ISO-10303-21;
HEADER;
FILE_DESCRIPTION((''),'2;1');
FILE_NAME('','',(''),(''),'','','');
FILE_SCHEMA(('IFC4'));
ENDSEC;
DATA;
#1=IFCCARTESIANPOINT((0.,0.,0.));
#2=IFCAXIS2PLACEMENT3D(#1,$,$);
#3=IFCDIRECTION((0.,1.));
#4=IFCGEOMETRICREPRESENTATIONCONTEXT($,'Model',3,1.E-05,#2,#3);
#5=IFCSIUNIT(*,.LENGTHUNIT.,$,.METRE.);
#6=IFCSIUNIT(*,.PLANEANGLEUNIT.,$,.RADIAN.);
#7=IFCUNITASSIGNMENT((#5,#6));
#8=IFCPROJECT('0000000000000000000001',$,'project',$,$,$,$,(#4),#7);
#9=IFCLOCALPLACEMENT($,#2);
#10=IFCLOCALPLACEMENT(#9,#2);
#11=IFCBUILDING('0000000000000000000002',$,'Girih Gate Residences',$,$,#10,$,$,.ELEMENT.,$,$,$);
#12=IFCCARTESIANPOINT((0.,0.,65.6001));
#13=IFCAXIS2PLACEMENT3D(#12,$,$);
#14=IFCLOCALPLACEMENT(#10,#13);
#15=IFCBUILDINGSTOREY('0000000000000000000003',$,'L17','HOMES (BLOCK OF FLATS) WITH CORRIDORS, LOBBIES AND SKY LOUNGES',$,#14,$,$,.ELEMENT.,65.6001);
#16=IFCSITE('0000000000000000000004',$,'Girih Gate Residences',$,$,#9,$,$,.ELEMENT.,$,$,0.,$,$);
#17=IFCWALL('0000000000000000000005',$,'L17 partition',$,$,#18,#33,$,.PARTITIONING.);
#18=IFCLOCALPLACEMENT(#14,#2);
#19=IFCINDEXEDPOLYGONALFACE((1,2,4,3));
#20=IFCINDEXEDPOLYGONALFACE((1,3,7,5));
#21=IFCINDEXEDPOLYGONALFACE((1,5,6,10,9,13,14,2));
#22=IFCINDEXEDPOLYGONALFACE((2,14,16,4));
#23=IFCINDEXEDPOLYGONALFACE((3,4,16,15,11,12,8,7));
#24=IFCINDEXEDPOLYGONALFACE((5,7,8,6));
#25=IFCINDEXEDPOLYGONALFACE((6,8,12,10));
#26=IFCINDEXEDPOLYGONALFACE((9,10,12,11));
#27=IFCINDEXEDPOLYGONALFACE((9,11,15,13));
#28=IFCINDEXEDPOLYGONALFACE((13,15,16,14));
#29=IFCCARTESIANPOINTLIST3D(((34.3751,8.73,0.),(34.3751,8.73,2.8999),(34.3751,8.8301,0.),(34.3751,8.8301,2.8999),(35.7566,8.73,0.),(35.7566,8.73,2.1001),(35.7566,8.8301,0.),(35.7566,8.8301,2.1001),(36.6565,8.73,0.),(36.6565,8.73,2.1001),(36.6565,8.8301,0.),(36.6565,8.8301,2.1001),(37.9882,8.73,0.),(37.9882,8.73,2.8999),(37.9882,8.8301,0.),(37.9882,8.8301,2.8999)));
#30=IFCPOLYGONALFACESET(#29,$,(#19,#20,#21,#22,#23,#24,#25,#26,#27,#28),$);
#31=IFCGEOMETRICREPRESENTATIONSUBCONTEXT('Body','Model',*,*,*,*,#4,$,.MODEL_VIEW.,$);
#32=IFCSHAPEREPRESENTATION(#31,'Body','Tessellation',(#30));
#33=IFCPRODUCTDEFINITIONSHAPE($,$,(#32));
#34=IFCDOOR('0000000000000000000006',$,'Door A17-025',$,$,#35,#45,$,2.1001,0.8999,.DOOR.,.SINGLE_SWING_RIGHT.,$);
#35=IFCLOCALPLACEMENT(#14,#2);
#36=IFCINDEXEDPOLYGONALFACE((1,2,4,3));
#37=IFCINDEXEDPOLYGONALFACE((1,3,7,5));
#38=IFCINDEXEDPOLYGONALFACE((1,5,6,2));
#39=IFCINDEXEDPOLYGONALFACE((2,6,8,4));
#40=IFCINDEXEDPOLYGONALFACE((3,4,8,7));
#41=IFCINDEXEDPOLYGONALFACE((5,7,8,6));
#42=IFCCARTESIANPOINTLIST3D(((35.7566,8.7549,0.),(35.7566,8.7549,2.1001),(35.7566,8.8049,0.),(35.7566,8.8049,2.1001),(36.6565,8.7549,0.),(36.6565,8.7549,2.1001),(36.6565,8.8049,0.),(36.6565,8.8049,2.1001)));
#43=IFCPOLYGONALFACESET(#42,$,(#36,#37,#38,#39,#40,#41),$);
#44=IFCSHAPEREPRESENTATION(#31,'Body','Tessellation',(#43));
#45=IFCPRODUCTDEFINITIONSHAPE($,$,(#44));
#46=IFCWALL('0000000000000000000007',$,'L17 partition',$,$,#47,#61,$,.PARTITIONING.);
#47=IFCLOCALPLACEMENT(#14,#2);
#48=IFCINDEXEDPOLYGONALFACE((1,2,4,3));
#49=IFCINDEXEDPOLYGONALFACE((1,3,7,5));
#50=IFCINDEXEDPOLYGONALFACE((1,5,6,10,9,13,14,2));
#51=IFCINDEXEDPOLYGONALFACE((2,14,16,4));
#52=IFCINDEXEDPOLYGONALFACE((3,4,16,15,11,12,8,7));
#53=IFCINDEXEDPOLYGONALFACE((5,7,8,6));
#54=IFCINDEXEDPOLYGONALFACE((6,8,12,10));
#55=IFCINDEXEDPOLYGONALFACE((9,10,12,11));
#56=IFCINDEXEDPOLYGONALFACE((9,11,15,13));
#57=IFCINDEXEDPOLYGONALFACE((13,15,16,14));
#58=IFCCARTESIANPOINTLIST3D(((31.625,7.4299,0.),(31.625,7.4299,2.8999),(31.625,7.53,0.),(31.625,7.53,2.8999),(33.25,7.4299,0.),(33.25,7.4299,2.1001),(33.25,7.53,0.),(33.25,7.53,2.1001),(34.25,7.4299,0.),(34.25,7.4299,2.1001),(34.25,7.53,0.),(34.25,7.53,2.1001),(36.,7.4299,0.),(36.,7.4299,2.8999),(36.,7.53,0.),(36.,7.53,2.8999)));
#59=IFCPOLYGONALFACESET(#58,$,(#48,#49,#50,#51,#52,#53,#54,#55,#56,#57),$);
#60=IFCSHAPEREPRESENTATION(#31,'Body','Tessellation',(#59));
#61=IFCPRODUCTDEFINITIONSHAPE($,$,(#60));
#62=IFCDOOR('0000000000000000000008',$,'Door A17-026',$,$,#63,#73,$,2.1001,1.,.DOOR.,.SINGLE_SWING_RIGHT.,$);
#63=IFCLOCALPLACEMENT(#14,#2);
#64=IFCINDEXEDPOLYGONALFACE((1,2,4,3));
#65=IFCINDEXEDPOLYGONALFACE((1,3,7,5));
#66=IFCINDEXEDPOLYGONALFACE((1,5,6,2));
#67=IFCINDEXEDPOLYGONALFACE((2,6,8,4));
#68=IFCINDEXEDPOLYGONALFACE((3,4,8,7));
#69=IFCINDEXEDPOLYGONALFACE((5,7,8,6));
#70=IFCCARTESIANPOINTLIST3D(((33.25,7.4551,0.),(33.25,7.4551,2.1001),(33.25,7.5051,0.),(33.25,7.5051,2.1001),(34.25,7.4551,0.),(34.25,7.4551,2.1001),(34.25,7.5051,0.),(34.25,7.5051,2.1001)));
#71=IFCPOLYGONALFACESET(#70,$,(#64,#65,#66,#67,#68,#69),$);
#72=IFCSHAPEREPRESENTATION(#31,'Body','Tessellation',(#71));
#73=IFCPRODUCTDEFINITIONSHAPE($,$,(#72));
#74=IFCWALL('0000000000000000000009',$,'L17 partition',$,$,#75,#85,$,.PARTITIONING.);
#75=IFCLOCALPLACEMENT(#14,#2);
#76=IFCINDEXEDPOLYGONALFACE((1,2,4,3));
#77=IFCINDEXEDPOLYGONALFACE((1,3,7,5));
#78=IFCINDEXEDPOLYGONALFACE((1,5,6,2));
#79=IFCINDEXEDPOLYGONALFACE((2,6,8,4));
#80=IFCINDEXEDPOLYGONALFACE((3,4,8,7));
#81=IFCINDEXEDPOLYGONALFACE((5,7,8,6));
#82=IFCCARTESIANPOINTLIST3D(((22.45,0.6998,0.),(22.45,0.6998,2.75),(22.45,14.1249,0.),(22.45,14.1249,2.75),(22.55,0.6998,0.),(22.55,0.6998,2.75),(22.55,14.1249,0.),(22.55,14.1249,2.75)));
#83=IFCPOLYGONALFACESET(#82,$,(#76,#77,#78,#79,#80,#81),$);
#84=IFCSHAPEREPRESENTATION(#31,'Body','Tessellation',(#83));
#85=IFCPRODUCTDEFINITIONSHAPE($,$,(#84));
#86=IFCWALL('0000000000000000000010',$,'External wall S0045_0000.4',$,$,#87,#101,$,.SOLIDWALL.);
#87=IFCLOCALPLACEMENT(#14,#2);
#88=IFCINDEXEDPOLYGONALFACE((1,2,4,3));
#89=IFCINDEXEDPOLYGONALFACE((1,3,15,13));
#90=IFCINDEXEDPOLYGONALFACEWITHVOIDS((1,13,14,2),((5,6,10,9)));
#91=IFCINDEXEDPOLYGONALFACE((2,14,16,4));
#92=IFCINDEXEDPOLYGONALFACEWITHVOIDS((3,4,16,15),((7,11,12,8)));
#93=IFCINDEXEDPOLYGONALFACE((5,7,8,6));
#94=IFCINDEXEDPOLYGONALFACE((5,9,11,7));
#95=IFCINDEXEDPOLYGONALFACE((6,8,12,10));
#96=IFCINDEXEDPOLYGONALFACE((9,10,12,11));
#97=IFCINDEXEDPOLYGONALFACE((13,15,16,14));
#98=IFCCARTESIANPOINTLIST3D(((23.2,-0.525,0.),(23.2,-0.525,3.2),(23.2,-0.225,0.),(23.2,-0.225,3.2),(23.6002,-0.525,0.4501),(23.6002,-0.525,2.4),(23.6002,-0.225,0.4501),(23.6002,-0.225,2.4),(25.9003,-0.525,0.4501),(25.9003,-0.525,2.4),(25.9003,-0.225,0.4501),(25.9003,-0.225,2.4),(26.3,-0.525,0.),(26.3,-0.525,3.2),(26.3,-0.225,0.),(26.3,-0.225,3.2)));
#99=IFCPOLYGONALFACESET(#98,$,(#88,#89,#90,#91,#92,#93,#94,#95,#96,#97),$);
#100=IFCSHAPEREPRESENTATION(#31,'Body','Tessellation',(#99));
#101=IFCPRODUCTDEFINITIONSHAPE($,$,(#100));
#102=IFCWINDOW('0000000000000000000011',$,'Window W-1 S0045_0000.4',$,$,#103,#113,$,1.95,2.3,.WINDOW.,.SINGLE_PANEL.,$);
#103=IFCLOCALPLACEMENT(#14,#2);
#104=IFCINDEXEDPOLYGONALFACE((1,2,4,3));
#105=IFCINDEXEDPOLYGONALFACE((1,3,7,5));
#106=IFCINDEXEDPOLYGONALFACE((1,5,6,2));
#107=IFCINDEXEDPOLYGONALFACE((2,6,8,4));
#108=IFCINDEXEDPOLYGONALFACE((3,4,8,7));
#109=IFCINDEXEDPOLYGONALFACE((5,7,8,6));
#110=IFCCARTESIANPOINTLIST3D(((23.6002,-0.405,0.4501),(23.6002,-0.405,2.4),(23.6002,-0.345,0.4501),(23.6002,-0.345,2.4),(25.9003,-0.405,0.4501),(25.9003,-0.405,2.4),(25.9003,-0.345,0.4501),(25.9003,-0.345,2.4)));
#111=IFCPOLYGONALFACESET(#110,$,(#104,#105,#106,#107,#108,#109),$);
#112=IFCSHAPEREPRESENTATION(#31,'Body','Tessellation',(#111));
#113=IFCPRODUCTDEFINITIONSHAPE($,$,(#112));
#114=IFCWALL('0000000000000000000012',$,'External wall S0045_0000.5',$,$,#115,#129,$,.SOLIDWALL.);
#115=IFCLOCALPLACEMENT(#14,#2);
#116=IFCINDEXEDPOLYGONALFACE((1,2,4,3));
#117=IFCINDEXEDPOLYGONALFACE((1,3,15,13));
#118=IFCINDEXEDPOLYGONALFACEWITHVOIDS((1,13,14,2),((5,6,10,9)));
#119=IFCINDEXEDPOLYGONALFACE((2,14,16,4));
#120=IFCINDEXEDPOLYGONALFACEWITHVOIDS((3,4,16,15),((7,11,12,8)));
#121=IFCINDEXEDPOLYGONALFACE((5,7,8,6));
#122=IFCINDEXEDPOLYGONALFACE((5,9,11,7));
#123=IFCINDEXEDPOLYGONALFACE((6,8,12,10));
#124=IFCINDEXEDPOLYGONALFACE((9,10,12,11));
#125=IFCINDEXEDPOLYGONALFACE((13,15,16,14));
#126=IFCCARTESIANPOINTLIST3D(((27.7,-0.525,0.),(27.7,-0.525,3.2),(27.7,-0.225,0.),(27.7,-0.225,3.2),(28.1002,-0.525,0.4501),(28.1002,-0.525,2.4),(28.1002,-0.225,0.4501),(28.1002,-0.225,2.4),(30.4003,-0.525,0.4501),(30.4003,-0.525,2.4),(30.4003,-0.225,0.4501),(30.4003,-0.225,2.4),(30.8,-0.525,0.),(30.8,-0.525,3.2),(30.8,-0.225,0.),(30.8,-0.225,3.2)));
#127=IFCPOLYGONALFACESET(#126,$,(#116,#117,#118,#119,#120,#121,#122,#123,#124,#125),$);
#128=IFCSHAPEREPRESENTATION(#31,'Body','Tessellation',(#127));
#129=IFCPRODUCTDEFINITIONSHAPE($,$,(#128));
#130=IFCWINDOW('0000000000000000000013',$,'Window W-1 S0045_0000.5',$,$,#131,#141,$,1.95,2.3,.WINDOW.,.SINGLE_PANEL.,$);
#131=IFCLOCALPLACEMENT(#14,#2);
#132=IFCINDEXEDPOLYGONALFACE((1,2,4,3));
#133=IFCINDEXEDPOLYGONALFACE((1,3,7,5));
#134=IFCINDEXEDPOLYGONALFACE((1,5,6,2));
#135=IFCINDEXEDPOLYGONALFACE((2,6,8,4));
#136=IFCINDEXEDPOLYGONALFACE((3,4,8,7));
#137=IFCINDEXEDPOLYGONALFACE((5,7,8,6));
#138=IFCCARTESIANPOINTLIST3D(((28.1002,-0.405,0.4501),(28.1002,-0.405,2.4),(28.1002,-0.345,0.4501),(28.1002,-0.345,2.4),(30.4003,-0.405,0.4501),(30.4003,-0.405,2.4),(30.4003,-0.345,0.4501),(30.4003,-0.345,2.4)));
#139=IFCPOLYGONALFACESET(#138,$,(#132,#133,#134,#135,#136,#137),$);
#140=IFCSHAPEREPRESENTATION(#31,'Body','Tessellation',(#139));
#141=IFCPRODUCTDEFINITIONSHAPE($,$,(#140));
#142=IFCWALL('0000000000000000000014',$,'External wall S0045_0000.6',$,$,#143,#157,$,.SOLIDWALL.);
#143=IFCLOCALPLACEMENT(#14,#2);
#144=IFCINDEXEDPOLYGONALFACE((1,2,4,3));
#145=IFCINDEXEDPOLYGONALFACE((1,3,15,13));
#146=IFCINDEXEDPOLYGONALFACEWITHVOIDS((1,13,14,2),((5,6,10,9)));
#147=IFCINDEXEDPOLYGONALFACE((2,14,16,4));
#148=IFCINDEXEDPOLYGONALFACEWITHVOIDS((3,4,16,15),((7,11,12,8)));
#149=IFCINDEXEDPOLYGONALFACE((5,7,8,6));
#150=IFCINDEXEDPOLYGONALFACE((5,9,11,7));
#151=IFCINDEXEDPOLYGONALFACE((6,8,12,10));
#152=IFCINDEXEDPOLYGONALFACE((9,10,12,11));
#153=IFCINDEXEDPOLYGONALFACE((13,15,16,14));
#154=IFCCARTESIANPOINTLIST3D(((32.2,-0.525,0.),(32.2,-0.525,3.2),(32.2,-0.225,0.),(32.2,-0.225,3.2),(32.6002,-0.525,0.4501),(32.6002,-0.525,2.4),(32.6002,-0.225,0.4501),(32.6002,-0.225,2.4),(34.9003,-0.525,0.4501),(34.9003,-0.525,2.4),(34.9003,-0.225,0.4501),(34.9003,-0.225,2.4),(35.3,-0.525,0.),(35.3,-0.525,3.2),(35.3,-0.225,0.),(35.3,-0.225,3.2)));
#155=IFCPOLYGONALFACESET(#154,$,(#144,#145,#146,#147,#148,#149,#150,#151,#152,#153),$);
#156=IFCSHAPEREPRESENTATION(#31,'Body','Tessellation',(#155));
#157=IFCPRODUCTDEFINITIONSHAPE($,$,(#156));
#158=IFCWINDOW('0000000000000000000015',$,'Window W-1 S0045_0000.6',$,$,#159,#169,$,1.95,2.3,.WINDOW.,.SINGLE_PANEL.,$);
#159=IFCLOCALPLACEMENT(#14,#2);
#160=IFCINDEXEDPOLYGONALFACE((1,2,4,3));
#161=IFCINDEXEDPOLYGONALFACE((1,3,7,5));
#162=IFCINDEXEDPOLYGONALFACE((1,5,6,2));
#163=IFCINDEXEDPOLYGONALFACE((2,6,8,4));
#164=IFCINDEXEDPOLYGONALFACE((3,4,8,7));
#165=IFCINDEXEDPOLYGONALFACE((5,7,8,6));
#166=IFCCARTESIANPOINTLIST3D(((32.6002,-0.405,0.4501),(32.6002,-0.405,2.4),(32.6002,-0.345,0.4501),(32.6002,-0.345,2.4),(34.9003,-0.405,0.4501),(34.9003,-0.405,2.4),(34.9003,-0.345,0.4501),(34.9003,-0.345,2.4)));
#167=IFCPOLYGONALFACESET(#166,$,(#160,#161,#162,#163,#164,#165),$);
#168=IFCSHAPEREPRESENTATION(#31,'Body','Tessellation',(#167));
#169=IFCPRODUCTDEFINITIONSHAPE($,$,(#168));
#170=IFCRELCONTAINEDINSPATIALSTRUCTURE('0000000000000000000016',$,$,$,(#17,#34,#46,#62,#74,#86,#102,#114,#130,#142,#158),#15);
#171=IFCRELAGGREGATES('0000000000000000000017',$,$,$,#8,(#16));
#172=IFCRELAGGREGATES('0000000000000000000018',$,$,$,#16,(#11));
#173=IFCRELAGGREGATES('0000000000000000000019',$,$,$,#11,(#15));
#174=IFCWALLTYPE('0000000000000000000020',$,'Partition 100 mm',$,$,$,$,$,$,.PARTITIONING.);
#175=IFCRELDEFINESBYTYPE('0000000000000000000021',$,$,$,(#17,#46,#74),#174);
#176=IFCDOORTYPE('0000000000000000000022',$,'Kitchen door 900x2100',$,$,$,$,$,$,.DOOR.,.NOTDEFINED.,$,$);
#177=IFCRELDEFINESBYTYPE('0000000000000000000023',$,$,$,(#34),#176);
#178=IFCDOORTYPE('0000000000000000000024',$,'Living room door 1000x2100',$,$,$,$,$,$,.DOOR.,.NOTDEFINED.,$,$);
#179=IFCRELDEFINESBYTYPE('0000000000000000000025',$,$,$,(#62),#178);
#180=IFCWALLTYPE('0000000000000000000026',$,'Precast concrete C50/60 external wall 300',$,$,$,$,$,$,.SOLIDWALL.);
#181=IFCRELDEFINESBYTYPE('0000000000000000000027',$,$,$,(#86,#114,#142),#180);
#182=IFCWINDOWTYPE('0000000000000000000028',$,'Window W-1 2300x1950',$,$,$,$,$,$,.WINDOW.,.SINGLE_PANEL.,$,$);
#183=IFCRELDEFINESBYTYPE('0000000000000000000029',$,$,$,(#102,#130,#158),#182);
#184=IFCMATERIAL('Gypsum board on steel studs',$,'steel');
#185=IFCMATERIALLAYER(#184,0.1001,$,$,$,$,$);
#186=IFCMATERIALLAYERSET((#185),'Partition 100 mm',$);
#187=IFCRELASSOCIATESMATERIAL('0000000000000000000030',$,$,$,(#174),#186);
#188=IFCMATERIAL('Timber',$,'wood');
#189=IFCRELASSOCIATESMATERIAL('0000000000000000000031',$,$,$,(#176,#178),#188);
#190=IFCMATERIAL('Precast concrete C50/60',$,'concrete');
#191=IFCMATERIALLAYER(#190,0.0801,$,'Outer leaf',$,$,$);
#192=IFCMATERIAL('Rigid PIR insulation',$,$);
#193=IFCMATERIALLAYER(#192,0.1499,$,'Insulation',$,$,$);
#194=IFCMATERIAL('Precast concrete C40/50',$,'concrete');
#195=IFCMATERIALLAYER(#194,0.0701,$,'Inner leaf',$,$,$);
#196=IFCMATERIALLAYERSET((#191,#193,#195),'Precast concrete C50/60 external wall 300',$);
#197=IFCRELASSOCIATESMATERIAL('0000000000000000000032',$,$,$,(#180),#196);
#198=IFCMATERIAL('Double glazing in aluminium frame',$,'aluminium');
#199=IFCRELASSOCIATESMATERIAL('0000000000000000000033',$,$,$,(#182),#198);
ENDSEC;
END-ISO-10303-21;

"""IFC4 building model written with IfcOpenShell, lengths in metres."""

from ifc_helpers import new_model, si_unit, direction, frame, frame_2d, origin, place, context, subcontext, project, spatial, rectangle, extrude, material, layer, layer_set, type_object, element, fill, save


model = new_model("IFC4")

# Units and contexts
model_context = context("Model", 3, precision=1e-05, world=origin(), true_north=direction((0.0, 1.0)))
body_context = subcontext(model_context, "Body", "Model", "MODEL_VIEW")
ifc_project = project(units=[si_unit("LENGTHUNIT", "METRE"), si_unit("PLANEANGLEUNIT", "RADIAN")], contexts=[model_context])

# Site, building, storey
site_placement = place(None, origin())
site = spatial("IfcSite", under=ifc_project, at=site_placement, Name="Girih Gate Residences", CompositionType="ELEMENT", RefElevation=0.0)
building_placement = place(site_placement, origin())
building = spatial("IfcBuilding", under=site, at=building_placement, Name="Girih Gate Residences", CompositionType="ELEMENT")
storey_placement = place(building_placement, frame((0.0, 0.0, 65.6001)))
storey = spatial("IfcBuildingStorey", under=building, at=storey_placement, Name="L17", Description="HOMES (BLOCK OF FLATS) WITH CORRIDORS, LOBBIES AND SKY LOUNGES", CompositionType="ELEMENT", Elevation=65.6001)

# Shared definitions
ifc_material_1 = material(Name="Gypsum board on steel studs", Category="steel")
ifc_layer_1 = layer(ifc_material_1, 0.1001)
ifc_layer_set_1 = layer_set([ifc_layer_1], Name="Partition 100 mm")
wall_type_1 = type_object("IfcWallType", Name="Partition 100 mm", PredefinedType="PARTITIONING", material=ifc_layer_set_1)

# Walls, openings, doors
wall_1_placement = place(storey_placement, frame((34.375, 8.78, 0.0), z_axis=(0.0, 0.0, 1.0), x_axis=(1.0, 0.0, 0.0)))
wall_1 = element("IfcWall", 1, at=wall_1_placement, inside=storey, type_object=wall_type_1, Name="L17 partition", PredefinedType="PARTITIONING", context=body_context, shape_type="SweptSolid", body=[
    extrude(rectangle(XDim=3.613, YDim=0.1001, at=frame_2d((1.8066, 0.0))), origin(), (0.0, 0.0, 1.0), 2.8999),
])
opening_1_placement = place(wall_1_placement, frame((1.3816, 0.0, 0.0)))
opening_1 = element("IfcOpeningElement", 2, at=opening_1_placement, cuts=wall_1, PredefinedType="OPENING", context=body_context, shape_type="SweptSolid", body=[
    extrude(rectangle(XDim=0.8999, YDim=2.1001, at=frame_2d((0.45, 1.05))), frame((0.0, 0.0601, 0.0), z_axis=(0.0, -1.0, 0.0), x_axis=(1.0, 0.0, 0.0)), (0.0, 0.0, 1.0), 0.1201),
])
ifc_material_2 = material(Name="Timber", Category="wood")
door_type_1 = type_object("IfcDoorType", Name="Kitchen door 900x2100", OperationType="NOTDEFINED", PredefinedType="DOOR", material=ifc_material_2)
door_1_placement = place(opening_1_placement, origin())
door_1 = element("IfcDoor", 3, at=door_1_placement, inside=storey, type_object=door_type_1, Name="Door A17-025", OperationType="SINGLE_SWING_RIGHT", OverallHeight=2.1001, OverallWidth=0.8999, PredefinedType="DOOR", context=body_context, shape_type="SweptSolid", body=[
    extrude(rectangle(XDim=0.8999, YDim=2.1001, at=frame_2d((0.45, 1.05))), frame((0.0, 0.0249, 0.0), z_axis=(0.0, -1.0, 0.0), x_axis=(1.0, 0.0, 0.0)), (0.0, 0.0, 1.0), 0.05),
])
fill(opening_1, door_1)
wall_2_placement = place(storey_placement, frame((36.0, 7.48, 0.0), z_axis=(0.0, 0.0, 1.0), x_axis=(-1.0, 0.0, 0.0)))
wall_2 = element("IfcWall", 4, at=wall_2_placement, inside=storey, type_object=wall_type_1, Name="L17 partition", PredefinedType="PARTITIONING", context=body_context, shape_type="SweptSolid", body=[
    extrude(rectangle(XDim=4.375, YDim=0.1001, at=frame_2d((2.1875, 0.0))), origin(), (0.0, 0.0, 1.0), 2.8999),
])
opening_2_placement = place(wall_2_placement, frame((1.75, 0.0, 0.0)))
opening_2 = element("IfcOpeningElement", 5, at=opening_2_placement, cuts=wall_2, PredefinedType="OPENING", context=body_context, shape_type="SweptSolid", body=[
    extrude(rectangle(XDim=1.0, YDim=2.1001, at=frame_2d((0.5, 1.05))), frame((0.0, 0.0601, 0.0), z_axis=(0.0, -1.0, 0.0), x_axis=(1.0, 0.0, 0.0)), (0.0, 0.0, 1.0), 0.1201),
])
door_type_2 = type_object("IfcDoorType", Name="Living room door 1000x2100", OperationType="NOTDEFINED", PredefinedType="DOOR", material=ifc_material_2)
door_2_placement = place(opening_2_placement, origin())
door_2 = element("IfcDoor", 6, at=door_2_placement, inside=storey, type_object=door_type_2, Name="Door A17-026", OperationType="SINGLE_SWING_RIGHT", OverallHeight=2.1001, OverallWidth=1.0, PredefinedType="DOOR", context=body_context, shape_type="SweptSolid", body=[
    extrude(rectangle(XDim=1.0, YDim=2.1001, at=frame_2d((0.5, 1.05))), frame((0.0, 0.0249, 0.0), z_axis=(0.0, -1.0, 0.0), x_axis=(1.0, 0.0, 0.0)), (0.0, 0.0, 1.0), 0.05),
])
fill(opening_2, door_2)

# Wall
wall_3_placement = place(storey_placement, frame((22.5, 0.7, 0.0), z_axis=(0.0, 0.0, 1.0), x_axis=(0.0, 1.0, 0.0)))
element("IfcWall", 7, at=wall_3_placement, inside=storey, type_object=wall_type_1, Name="L17 partition", PredefinedType="PARTITIONING", context=body_context, shape_type="SweptSolid", body=[
    extrude(rectangle(XDim=13.425, YDim=0.1001, at=frame_2d((6.7124, 0.0))), origin(), (0.0, 0.0, 1.0), 2.75),
])

# Walls, openings, windows
ifc_material_3 = material(Name="Precast concrete C50/60", Category="concrete")
ifc_layer_2 = layer(ifc_material_3, 0.0801, Name="Outer leaf")
ifc_material_4 = material(Name="Rigid PIR insulation")
ifc_layer_3 = layer(ifc_material_4, 0.1499, Name="Insulation")
ifc_material_5 = material(Name="Precast concrete C40/50", Category="concrete")
ifc_layer_4 = layer(ifc_material_5, 0.0701, Name="Inner leaf")
ifc_layer_set_2 = layer_set([ifc_layer_2, ifc_layer_3, ifc_layer_4], Name="Precast concrete C50/60 external wall 300")
wall_type_2 = type_object("IfcWallType", Name="Precast concrete C50/60 external wall 300", PredefinedType="SOLIDWALL", material=ifc_layer_set_2)
wall_4_placement = place(storey_placement, frame((26.3, -0.375, 0.0), z_axis=(0.0, 0.0, 1.0), x_axis=(-1.0, 0.0, 0.0)))
wall_4 = element("IfcWall", 8, at=wall_4_placement, inside=storey, type_object=wall_type_2, Name="External wall S0045_0000.4", PredefinedType="SOLIDWALL", context=body_context, shape_type="SweptSolid", body=[
    extrude(rectangle(XDim=3.1001, YDim=0.3, at=frame_2d((1.55, 0.0))), origin(), (0.0, 0.0, 1.0), 3.2),
])
opening_3_placement = place(wall_4_placement, frame((0.3999, 0.0, 0.45)))
opening_3 = element("IfcOpeningElement", 9, at=opening_3_placement, cuts=wall_4, PredefinedType="OPENING", context=body_context, shape_type="SweptSolid", body=[
    extrude(rectangle(XDim=2.3, YDim=1.95, at=frame_2d((1.1499, 0.9751))), frame((0.0, 0.1599, 0.0), z_axis=(0.0, -1.0, 0.0), x_axis=(1.0, 0.0, 0.0)), (0.0, 0.0, 1.0), 0.3201),
])
ifc_material_6 = material(Name="Double glazing in aluminium frame", Category="aluminium")
window_type = type_object("IfcWindowType", Name="Window W-1 2300x1950", PartitioningType="SINGLE_PANEL", PredefinedType="WINDOW", material=ifc_material_6)
window_1_placement = place(opening_3_placement, origin())
window_1 = element("IfcWindow", 10, at=window_1_placement, inside=storey, type_object=window_type, Name="Window W-1 S0045_0000.4", OverallHeight=1.95, OverallWidth=2.3, PartitioningType="SINGLE_PANEL", PredefinedType="WINDOW", context=body_context, shape_type="SweptSolid", body=[
    extrude(rectangle(XDim=2.3, YDim=1.95, at=frame_2d((1.1499, 0.9751))), frame((0.0, 0.03, 0.0), z_axis=(0.0, -1.0, 0.0), x_axis=(1.0, 0.0, 0.0)), (0.0, 0.0, 1.0), 0.0601),
])
fill(opening_3, window_1)
wall_5_placement = place(storey_placement, frame((30.8, -0.375, 0.0), z_axis=(0.0, 0.0, 1.0), x_axis=(-1.0, 0.0, 0.0)))
wall_5 = element("IfcWall", 11, at=wall_5_placement, inside=storey, type_object=wall_type_2, Name="External wall S0045_0000.5", PredefinedType="SOLIDWALL", context=body_context, shape_type="SweptSolid", body=[
    extrude(rectangle(XDim=3.1001, YDim=0.3, at=frame_2d((1.55, 0.0))), origin(), (0.0, 0.0, 1.0), 3.2),
])
opening_4_placement = place(wall_5_placement, frame((0.3999, 0.0, 0.45)))
opening_4 = element("IfcOpeningElement", 12, at=opening_4_placement, cuts=wall_5, PredefinedType="OPENING", context=body_context, shape_type="SweptSolid", body=[
    extrude(rectangle(XDim=2.3, YDim=1.95, at=frame_2d((1.1499, 0.9751))), frame((0.0, 0.1599, 0.0), z_axis=(0.0, -1.0, 0.0), x_axis=(1.0, 0.0, 0.0)), (0.0, 0.0, 1.0), 0.3201),
])
window_2_placement = place(opening_4_placement, origin())
window_2 = element("IfcWindow", 13, at=window_2_placement, inside=storey, type_object=window_type, Name="Window W-1 S0045_0000.5", OverallHeight=1.95, OverallWidth=2.3, PartitioningType="SINGLE_PANEL", PredefinedType="WINDOW", context=body_context, shape_type="SweptSolid", body=[
    extrude(rectangle(XDim=2.3, YDim=1.95, at=frame_2d((1.1499, 0.9751))), frame((0.0, 0.03, 0.0), z_axis=(0.0, -1.0, 0.0), x_axis=(1.0, 0.0, 0.0)), (0.0, 0.0, 1.0), 0.0601),
])
fill(opening_4, window_2)
wall_6_placement = place(storey_placement, frame((35.3, -0.375, 0.0), z_axis=(0.0, 0.0, 1.0), x_axis=(-1.0, 0.0, 0.0)))
wall_6 = element("IfcWall", 14, at=wall_6_placement, inside=storey, type_object=wall_type_2, Name="External wall S0045_0000.6", PredefinedType="SOLIDWALL", context=body_context, shape_type="SweptSolid", body=[
    extrude(rectangle(XDim=3.1001, YDim=0.3, at=frame_2d((1.55, 0.0))), origin(), (0.0, 0.0, 1.0), 3.2),
])
opening_5_placement = place(wall_6_placement, frame((0.3999, 0.0, 0.45)))
opening_5 = element("IfcOpeningElement", 15, at=opening_5_placement, cuts=wall_6, PredefinedType="OPENING", context=body_context, shape_type="SweptSolid", body=[
    extrude(rectangle(XDim=2.3, YDim=1.95, at=frame_2d((1.1499, 0.9751))), frame((0.0, 0.1599, 0.0), z_axis=(0.0, -1.0, 0.0), x_axis=(1.0, 0.0, 0.0)), (0.0, 0.0, 1.0), 0.3201),
])
window_3_placement = place(opening_5_placement, origin())
window_3 = element("IfcWindow", 16, at=window_3_placement, inside=storey, type_object=window_type, Name="Window W-1 S0045_0000.6", OverallHeight=1.95, OverallWidth=2.3, PartitioningType="SINGLE_PANEL", PredefinedType="WINDOW", context=body_context, shape_type="SweptSolid", body=[
    extrude(rectangle(XDim=2.3, YDim=1.95, at=frame_2d((1.1499, 0.9751))), frame((0.0, 0.03, 0.0), z_axis=(0.0, -1.0, 0.0), x_axis=(1.0, 0.0, 0.0)), (0.0, 0.0, 1.0), 0.0601),
])
fill(opening_5, window_3)

save(model, "model.ifc")
